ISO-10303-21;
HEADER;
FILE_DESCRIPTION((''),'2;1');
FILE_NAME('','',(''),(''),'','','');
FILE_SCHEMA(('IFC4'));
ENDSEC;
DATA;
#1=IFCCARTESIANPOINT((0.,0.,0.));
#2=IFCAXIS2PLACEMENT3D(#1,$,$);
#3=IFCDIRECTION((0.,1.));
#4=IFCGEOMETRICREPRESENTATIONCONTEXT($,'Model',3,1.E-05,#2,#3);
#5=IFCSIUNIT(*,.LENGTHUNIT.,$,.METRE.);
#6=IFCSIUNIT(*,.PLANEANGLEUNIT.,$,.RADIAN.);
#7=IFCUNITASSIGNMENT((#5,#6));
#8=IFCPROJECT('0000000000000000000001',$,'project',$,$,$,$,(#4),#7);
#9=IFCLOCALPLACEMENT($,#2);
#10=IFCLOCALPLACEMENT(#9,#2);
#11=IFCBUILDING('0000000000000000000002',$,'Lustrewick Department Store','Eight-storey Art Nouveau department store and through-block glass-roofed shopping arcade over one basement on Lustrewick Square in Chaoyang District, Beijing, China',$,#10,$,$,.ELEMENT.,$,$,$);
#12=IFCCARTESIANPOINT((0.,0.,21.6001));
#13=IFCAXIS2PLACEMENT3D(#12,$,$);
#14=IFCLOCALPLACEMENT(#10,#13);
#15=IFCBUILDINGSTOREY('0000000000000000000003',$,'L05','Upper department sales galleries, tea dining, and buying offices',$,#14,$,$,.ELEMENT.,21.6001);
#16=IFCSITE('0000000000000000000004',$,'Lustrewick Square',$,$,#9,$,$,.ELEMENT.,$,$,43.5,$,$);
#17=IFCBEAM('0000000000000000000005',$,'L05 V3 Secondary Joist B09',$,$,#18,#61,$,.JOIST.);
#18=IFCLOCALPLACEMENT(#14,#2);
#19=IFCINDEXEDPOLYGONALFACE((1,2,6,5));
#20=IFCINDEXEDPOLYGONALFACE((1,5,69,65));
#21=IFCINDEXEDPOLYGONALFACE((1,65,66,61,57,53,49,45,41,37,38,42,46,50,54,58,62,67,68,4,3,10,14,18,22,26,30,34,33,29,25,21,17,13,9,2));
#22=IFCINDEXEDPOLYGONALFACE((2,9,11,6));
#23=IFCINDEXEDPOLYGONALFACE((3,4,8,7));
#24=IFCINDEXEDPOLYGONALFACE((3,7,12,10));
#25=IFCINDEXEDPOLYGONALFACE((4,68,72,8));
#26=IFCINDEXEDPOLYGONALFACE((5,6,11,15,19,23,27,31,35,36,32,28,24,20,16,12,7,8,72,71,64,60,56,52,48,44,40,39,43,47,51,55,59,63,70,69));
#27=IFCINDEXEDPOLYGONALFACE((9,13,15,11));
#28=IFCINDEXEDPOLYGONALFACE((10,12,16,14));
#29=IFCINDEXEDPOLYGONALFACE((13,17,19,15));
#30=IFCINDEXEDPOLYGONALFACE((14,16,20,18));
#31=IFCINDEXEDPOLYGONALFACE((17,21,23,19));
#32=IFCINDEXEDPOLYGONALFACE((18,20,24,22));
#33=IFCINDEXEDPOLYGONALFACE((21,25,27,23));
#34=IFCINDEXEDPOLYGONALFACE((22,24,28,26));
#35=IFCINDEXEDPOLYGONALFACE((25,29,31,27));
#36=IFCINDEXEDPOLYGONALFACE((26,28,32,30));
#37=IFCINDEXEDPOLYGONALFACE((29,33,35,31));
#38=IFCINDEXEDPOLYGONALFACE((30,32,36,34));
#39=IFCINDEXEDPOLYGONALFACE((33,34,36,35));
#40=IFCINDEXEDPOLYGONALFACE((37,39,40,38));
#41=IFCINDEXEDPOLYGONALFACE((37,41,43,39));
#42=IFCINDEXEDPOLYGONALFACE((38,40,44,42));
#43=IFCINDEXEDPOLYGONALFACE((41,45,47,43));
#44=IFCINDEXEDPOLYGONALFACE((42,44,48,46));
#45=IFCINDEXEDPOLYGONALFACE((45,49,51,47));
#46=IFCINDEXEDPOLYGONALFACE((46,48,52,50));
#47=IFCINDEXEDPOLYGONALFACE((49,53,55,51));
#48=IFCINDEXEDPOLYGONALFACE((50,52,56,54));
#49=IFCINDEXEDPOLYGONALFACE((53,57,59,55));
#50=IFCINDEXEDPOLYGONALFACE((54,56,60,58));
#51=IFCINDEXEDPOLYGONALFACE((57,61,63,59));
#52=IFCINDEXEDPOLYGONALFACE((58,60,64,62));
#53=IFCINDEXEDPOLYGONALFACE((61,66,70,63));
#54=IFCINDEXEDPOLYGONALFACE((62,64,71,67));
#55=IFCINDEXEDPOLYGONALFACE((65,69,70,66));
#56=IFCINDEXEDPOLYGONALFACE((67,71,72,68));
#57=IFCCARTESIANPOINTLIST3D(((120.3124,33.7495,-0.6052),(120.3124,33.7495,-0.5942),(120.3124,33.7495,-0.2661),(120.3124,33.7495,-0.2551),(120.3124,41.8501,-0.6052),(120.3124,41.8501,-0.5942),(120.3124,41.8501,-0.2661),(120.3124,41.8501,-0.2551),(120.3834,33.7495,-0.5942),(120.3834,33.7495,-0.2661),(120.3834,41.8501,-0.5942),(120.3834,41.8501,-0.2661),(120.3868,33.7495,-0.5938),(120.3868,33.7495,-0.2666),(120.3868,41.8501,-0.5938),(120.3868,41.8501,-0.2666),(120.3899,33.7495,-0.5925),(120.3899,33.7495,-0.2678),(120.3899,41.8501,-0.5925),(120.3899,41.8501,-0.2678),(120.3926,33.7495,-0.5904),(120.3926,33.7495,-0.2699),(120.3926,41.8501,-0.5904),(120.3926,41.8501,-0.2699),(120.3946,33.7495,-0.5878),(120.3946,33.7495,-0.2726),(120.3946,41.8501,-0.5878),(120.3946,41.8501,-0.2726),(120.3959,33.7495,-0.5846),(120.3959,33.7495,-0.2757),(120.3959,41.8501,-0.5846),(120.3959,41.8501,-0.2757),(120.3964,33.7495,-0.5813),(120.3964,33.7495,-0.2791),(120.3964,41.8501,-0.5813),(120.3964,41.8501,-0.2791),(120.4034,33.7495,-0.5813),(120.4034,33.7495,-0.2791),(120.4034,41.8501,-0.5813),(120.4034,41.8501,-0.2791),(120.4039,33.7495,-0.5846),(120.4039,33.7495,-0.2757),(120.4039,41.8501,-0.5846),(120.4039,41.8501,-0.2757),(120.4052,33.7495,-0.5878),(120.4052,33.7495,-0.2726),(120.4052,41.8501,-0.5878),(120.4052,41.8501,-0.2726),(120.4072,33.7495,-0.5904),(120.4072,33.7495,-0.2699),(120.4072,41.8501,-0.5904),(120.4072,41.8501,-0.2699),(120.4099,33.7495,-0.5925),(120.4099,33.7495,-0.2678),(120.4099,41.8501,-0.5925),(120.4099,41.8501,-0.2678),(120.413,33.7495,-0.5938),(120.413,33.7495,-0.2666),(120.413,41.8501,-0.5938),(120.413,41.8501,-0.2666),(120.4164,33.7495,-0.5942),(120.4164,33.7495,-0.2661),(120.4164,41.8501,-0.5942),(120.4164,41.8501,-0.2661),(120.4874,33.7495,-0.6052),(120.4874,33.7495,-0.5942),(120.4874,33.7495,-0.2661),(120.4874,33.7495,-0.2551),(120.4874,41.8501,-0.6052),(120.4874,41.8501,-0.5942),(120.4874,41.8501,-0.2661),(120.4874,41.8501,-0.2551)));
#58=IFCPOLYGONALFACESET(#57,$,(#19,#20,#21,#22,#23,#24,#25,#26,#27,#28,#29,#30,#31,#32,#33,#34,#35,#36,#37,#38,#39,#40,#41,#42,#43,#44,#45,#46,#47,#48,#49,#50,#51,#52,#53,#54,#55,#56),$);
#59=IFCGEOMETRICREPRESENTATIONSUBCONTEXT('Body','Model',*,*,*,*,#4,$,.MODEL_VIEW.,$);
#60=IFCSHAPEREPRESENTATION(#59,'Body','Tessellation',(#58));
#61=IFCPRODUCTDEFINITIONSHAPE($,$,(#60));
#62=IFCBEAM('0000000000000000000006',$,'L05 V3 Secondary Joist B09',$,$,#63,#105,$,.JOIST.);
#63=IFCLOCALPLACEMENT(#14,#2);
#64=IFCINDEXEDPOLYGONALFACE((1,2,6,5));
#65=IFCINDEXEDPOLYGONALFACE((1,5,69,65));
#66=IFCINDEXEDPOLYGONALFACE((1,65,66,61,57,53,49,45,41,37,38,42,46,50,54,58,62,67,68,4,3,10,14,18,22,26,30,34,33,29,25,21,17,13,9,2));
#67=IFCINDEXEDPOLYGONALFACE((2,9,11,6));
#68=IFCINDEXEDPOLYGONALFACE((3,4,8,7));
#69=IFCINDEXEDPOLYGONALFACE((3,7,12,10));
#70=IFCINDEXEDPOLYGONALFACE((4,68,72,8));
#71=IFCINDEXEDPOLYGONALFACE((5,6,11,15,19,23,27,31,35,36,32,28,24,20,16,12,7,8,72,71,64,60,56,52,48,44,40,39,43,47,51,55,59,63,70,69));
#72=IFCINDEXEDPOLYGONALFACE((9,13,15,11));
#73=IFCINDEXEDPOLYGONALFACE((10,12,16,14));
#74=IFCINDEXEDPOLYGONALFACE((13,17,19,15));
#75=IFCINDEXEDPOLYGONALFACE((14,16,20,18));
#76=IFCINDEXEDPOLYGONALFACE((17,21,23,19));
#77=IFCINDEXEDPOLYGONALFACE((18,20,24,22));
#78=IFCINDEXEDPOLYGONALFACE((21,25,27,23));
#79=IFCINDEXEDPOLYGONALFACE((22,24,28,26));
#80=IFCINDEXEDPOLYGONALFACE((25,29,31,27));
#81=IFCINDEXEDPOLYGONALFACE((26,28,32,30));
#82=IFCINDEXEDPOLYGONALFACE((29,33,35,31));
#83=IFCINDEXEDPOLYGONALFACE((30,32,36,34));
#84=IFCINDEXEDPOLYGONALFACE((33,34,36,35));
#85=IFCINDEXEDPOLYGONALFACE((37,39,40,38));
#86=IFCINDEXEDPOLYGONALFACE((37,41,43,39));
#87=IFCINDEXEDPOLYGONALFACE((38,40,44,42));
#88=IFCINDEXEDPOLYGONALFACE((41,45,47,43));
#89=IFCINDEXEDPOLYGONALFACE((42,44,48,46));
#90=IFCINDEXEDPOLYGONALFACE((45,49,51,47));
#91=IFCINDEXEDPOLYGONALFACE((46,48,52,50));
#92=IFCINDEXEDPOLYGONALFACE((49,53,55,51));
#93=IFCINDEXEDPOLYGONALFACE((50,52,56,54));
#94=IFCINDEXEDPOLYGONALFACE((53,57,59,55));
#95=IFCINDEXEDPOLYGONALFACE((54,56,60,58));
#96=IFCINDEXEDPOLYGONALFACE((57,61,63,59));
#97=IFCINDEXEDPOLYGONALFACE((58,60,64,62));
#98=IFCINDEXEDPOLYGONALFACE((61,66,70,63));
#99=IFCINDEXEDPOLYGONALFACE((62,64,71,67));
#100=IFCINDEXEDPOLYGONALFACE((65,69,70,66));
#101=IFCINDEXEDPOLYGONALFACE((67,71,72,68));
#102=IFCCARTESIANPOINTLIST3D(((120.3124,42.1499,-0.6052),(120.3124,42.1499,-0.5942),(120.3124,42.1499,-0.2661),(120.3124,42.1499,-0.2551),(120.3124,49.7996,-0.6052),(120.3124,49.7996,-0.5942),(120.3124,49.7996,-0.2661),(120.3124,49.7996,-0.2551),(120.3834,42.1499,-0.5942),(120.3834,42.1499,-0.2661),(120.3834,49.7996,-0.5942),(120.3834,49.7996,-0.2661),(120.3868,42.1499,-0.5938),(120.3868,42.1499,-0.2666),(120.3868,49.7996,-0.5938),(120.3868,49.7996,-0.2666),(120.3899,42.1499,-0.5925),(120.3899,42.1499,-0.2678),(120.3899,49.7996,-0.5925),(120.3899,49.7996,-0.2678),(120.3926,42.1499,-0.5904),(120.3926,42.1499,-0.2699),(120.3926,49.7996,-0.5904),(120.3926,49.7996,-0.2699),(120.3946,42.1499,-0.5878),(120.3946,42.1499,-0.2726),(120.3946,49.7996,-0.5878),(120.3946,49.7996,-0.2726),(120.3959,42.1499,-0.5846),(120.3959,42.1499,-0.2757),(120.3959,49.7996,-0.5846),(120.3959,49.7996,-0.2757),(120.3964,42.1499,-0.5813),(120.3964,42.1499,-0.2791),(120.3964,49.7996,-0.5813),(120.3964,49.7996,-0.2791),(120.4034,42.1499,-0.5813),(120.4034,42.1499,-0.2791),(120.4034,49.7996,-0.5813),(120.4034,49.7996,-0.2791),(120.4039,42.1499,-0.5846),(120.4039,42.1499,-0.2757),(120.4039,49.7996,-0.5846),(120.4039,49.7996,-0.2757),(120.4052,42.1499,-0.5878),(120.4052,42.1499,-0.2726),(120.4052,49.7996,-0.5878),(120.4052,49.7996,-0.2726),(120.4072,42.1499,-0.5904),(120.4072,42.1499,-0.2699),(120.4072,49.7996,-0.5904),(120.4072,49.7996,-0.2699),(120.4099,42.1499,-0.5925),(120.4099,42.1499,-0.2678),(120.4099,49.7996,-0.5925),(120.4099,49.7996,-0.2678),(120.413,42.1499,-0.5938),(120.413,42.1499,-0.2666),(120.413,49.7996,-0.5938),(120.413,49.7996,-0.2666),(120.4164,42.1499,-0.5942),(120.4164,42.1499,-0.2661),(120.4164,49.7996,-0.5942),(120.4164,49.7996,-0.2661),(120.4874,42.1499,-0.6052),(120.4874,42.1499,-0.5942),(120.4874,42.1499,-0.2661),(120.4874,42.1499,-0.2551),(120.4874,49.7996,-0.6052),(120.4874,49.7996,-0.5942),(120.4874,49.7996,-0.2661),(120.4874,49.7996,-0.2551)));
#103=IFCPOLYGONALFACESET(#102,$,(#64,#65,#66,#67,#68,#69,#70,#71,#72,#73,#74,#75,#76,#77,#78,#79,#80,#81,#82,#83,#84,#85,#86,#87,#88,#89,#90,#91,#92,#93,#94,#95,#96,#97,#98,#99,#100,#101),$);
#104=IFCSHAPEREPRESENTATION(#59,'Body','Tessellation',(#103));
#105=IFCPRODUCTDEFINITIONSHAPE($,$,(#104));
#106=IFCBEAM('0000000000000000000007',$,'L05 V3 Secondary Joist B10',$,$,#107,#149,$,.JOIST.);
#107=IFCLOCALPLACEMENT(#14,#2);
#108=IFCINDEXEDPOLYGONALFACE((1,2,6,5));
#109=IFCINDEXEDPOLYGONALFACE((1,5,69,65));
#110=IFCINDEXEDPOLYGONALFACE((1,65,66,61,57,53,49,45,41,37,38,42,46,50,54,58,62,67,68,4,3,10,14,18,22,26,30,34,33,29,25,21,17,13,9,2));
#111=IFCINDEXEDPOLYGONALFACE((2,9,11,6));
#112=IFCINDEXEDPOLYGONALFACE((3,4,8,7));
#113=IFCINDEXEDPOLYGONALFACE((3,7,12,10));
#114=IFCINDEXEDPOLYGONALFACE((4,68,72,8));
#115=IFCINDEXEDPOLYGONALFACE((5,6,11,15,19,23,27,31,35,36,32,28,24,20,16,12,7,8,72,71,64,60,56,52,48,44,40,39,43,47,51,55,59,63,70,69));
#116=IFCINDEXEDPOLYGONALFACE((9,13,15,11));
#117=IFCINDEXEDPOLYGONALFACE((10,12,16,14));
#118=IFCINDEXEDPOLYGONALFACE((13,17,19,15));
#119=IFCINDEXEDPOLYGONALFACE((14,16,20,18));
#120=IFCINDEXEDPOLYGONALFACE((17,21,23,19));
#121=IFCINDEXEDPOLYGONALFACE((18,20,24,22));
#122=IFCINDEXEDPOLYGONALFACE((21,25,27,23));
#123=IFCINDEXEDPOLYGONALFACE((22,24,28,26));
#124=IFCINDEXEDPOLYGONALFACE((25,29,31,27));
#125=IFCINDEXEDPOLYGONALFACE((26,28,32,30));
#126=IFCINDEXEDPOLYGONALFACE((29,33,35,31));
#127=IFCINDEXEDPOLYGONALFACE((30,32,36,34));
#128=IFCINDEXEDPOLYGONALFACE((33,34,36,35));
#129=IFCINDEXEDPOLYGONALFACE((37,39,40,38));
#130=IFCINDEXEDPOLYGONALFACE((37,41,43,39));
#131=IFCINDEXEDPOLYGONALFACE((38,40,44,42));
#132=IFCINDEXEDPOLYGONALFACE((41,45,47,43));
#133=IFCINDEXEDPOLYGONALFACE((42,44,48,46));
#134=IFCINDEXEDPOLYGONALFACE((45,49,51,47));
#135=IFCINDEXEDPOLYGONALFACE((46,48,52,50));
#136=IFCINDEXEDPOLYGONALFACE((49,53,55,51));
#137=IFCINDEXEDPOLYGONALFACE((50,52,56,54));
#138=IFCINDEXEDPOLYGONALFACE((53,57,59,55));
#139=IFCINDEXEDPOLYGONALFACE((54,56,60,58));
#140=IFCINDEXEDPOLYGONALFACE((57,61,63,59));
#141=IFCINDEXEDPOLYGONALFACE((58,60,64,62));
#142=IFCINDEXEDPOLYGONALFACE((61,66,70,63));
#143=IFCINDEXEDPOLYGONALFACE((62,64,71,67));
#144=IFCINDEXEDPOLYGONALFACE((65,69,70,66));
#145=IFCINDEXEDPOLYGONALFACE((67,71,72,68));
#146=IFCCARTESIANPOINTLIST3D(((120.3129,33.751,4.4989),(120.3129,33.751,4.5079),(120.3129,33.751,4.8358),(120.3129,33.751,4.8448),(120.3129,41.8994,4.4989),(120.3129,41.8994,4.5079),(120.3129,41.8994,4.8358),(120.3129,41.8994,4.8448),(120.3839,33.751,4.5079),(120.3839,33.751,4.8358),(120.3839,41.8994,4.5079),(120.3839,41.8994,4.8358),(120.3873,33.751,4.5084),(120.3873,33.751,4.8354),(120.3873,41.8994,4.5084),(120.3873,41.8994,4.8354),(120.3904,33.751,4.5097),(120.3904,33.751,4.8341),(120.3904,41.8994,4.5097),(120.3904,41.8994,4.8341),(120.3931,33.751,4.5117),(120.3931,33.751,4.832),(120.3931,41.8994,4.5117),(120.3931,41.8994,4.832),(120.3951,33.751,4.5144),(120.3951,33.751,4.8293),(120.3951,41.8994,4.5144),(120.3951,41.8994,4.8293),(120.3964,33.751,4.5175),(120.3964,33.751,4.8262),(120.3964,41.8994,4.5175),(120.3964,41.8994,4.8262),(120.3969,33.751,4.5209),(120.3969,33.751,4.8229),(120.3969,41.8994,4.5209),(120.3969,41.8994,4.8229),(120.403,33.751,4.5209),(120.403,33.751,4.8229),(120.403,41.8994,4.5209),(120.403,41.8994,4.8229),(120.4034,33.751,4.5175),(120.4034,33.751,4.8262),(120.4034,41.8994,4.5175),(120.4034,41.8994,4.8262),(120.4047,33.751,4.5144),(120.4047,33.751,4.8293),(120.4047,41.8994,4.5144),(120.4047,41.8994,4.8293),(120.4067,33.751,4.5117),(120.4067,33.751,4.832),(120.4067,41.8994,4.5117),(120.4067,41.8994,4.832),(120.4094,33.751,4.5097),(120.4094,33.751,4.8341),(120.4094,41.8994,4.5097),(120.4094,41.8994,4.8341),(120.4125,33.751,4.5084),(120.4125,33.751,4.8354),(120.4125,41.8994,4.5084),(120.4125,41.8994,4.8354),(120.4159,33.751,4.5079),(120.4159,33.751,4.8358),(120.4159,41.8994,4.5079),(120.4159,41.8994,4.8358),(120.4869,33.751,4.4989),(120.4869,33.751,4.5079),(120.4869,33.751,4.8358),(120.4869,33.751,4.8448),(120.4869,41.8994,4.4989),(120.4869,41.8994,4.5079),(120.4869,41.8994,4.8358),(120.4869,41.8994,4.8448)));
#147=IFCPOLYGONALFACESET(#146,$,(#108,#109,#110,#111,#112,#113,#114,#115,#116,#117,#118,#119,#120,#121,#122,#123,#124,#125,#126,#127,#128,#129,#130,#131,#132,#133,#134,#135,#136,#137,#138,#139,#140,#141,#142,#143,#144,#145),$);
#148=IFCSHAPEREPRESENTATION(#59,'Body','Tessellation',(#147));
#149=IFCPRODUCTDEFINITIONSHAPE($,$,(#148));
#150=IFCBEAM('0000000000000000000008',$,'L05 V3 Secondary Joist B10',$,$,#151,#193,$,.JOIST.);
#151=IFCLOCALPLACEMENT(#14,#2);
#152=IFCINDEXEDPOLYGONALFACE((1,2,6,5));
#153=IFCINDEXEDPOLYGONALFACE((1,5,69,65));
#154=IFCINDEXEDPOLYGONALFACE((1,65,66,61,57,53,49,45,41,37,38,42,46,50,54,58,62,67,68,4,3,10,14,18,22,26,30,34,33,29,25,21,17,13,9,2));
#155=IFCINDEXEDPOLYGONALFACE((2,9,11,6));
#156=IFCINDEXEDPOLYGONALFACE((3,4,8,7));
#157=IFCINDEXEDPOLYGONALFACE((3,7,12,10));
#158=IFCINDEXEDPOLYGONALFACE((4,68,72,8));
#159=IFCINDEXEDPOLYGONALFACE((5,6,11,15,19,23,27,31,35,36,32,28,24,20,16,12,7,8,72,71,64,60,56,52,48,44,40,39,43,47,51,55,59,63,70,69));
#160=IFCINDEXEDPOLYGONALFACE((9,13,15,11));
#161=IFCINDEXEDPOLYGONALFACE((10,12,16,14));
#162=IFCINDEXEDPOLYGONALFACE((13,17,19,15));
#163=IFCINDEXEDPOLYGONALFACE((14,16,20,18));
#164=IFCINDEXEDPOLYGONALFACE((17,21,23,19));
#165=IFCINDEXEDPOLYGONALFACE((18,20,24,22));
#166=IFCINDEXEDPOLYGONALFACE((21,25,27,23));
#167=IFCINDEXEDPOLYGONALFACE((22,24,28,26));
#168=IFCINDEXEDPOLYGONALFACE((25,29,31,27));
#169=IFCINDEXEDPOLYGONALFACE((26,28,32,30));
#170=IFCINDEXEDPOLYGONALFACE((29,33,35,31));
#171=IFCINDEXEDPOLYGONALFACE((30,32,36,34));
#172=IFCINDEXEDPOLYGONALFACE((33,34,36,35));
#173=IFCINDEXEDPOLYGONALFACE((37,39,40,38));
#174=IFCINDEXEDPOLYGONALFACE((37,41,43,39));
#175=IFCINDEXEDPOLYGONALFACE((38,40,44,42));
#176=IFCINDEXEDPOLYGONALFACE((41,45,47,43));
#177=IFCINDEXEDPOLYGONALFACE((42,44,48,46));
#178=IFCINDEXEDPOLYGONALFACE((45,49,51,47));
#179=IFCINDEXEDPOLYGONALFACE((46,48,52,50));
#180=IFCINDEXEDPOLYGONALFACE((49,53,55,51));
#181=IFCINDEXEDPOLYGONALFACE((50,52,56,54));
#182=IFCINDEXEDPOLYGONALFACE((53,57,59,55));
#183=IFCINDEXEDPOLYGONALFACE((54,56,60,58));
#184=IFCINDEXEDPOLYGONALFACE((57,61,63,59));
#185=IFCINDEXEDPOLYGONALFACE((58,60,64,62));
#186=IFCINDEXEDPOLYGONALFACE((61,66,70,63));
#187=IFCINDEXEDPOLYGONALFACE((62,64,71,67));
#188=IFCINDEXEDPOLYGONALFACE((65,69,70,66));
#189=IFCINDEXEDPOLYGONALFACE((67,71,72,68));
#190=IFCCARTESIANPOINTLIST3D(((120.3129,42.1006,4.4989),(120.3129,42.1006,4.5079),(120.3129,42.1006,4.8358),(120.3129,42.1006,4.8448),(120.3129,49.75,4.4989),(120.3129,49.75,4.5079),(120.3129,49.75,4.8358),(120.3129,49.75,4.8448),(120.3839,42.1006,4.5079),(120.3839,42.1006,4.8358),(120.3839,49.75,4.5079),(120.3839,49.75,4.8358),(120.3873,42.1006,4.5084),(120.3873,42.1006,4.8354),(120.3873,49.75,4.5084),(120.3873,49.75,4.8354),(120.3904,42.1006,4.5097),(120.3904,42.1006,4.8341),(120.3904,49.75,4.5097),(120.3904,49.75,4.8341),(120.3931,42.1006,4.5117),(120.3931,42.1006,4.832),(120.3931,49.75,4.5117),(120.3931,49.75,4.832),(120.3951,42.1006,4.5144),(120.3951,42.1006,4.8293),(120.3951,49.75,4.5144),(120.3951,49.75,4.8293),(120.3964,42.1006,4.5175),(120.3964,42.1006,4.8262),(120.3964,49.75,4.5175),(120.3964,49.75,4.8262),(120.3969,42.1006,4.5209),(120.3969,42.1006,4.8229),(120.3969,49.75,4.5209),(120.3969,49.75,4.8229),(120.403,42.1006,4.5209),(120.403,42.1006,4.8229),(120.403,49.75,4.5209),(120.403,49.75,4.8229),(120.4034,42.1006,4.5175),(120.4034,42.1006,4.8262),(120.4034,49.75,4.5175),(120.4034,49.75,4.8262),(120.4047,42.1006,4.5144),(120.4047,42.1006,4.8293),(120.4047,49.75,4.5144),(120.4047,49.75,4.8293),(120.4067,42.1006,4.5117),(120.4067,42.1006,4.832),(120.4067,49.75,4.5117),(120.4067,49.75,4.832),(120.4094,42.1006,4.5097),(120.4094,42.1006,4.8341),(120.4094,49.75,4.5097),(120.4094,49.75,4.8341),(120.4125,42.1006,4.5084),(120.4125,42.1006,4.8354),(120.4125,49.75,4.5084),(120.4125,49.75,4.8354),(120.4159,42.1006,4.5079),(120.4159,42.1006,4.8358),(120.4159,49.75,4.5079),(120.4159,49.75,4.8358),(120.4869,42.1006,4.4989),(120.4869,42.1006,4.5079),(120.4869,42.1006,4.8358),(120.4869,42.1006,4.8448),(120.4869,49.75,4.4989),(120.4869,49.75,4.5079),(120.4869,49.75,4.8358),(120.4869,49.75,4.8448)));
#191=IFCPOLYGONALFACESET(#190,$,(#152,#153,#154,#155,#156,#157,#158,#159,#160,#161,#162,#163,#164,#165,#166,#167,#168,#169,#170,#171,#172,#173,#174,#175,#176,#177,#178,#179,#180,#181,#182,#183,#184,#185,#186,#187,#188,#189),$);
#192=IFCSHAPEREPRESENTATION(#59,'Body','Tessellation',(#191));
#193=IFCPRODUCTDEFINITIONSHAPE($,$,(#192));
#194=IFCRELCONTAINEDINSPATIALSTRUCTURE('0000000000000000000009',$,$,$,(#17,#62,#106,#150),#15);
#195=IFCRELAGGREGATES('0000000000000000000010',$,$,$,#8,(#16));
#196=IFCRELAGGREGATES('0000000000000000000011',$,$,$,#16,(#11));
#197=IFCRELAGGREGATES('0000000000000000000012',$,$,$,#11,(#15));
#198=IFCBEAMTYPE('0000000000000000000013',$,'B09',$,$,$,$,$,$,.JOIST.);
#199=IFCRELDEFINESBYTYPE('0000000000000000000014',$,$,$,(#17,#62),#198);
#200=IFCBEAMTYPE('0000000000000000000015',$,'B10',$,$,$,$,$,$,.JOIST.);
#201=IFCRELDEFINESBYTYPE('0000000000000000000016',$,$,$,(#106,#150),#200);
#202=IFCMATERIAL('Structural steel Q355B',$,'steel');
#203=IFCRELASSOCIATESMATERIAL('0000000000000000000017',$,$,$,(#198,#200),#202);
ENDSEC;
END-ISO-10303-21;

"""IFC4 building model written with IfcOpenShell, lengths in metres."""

from ifc_helpers import new_model, si_unit, direction, frame, origin, origin_2d, place, context, subcontext, project, spatial, i_section, extrude, material, material_profile, profile_set, type_object, element, save


model = new_model("IFC4")

# Units and contexts
model_context = context("Model", 3, precision=1e-05, world=origin(), true_north=direction((0.0, 1.0)))
body_context = subcontext(model_context, "Body", "Model", "MODEL_VIEW")
ifc_project = project(units=[si_unit("LENGTHUNIT", "METRE"), si_unit("PLANEANGLEUNIT", "RADIAN")], contexts=[model_context])

# Site, building, storey
site_placement = place(None, origin())
site = spatial("IfcSite", under=ifc_project, at=site_placement, Name="Lustrewick Square", CompositionType="ELEMENT", RefElevation=43.5)
building_placement = place(site_placement, origin())
building = spatial("IfcBuilding", under=site, at=building_placement, Name="Lustrewick Department Store", Description="Eight-storey Art Nouveau department store and through-block glass-roofed shopping arcade over one basement on Lustrewick Square in Chaoyang District, Beijing, China", CompositionType="ELEMENT")
storey_placement = place(building_placement, frame((0.0, 0.0, 21.6001)))
storey = spatial("IfcBuildingStorey", under=building, at=storey_placement, Name="L05", Description="Upper department sales galleries, tea dining, and buying offices", CompositionType="ELEMENT", Elevation=21.6001)

# Shared definitions
ifc_material_1 = material(Name="Structural steel Q355B", Category="steel")

# Beams
ifc_material_profile_1 = material_profile(ifc_material_1, i_section(OverallWidth=0.175, OverallDepth=0.3501, WebThickness=0.0071, FlangeThickness=0.011, FilletRadius=0.0129, at=origin_2d()), Name="HN 350x175x7x11")
ifc_profile_set_1 = profile_set([ifc_material_profile_1], Name="Structural steel Q355B")
beam_type_1 = type_object("IfcBeamType", Name="B09", PredefinedType="JOIST", material=ifc_profile_set_1)
beam_1_placement = place(storey_placement, frame((120.3999, 33.7495, -0.4302), z_axis=(0.0, 1.0, 0.0), x_axis=(-1.0, 0.0, 0.0)))
element("IfcBeam", 1, at=beam_1_placement, inside=storey, type_object=beam_type_1, Name="L05 V3 Secondary Joist B09", PredefinedType="JOIST", context=body_context, shape_type="SweptSolid", body=[
    extrude(i_section(OverallWidth=0.175, OverallDepth=0.3501, WebThickness=0.0071, FlangeThickness=0.011, FilletRadius=0.0129, at=origin_2d()), origin(), (0.0, 0.0, 1.0), 8.1006),
])
beam_2_placement = place(storey_placement, frame((120.3999, 42.1499, -0.4302), z_axis=(0.0, 1.0, 0.0), x_axis=(-1.0, 0.0, 0.0)))
element("IfcBeam", 2, at=beam_2_placement, inside=storey, type_object=beam_type_1, Name="L05 V3 Secondary Joist B09", PredefinedType="JOIST", context=body_context, shape_type="SweptSolid", body=[
    extrude(i_section(OverallWidth=0.175, OverallDepth=0.3501, WebThickness=0.0071, FlangeThickness=0.011, FilletRadius=0.0129, at=origin_2d()), origin(), (0.0, 0.0, 1.0), 7.6497),
])
ifc_material_profile_2 = material_profile(ifc_material_1, i_section(OverallWidth=0.1741, OverallDepth=0.3459, WebThickness=0.0061, FlangeThickness=0.009, FilletRadius=0.0129, at=origin_2d()), Name="HN 346x174x6x9")
ifc_profile_set_2 = profile_set([ifc_material_profile_2], Name="Structural steel Q355B")
beam_type_2 = type_object("IfcBeamType", Name="B10", PredefinedType="JOIST", material=ifc_profile_set_2)
beam_3_placement = place(storey_placement, frame((120.3999, 33.751, 4.6719), z_axis=(0.0, 1.0, 0.0), x_axis=(-1.0, 0.0, 0.0)))
element("IfcBeam", 3, at=beam_3_placement, inside=storey, type_object=beam_type_2, Name="L05 V3 Secondary Joist B10", PredefinedType="JOIST", context=body_context, shape_type="SweptSolid", body=[
    extrude(i_section(OverallWidth=0.1741, OverallDepth=0.3459, WebThickness=0.0061, FlangeThickness=0.009, FilletRadius=0.0129, at=origin_2d()), origin(), (0.0, 0.0, 1.0), 8.1484),
])
beam_4_placement = place(storey_placement, frame((120.3999, 42.1006, 4.6719), z_axis=(0.0, 1.0, 0.0), x_axis=(-1.0, 0.0, 0.0)))
element("IfcBeam", 4, at=beam_4_placement, inside=storey, type_object=beam_type_2, Name="L05 V3 Secondary Joist B10", PredefinedType="JOIST", context=body_context, shape_type="SweptSolid", body=[
    extrude(i_section(OverallWidth=0.1741, OverallDepth=0.3459, WebThickness=0.0061, FlangeThickness=0.009, FilletRadius=0.0129, at=origin_2d()), origin(), (0.0, 0.0, 1.0), 7.6494),
])

save(model, "model.ifc")
